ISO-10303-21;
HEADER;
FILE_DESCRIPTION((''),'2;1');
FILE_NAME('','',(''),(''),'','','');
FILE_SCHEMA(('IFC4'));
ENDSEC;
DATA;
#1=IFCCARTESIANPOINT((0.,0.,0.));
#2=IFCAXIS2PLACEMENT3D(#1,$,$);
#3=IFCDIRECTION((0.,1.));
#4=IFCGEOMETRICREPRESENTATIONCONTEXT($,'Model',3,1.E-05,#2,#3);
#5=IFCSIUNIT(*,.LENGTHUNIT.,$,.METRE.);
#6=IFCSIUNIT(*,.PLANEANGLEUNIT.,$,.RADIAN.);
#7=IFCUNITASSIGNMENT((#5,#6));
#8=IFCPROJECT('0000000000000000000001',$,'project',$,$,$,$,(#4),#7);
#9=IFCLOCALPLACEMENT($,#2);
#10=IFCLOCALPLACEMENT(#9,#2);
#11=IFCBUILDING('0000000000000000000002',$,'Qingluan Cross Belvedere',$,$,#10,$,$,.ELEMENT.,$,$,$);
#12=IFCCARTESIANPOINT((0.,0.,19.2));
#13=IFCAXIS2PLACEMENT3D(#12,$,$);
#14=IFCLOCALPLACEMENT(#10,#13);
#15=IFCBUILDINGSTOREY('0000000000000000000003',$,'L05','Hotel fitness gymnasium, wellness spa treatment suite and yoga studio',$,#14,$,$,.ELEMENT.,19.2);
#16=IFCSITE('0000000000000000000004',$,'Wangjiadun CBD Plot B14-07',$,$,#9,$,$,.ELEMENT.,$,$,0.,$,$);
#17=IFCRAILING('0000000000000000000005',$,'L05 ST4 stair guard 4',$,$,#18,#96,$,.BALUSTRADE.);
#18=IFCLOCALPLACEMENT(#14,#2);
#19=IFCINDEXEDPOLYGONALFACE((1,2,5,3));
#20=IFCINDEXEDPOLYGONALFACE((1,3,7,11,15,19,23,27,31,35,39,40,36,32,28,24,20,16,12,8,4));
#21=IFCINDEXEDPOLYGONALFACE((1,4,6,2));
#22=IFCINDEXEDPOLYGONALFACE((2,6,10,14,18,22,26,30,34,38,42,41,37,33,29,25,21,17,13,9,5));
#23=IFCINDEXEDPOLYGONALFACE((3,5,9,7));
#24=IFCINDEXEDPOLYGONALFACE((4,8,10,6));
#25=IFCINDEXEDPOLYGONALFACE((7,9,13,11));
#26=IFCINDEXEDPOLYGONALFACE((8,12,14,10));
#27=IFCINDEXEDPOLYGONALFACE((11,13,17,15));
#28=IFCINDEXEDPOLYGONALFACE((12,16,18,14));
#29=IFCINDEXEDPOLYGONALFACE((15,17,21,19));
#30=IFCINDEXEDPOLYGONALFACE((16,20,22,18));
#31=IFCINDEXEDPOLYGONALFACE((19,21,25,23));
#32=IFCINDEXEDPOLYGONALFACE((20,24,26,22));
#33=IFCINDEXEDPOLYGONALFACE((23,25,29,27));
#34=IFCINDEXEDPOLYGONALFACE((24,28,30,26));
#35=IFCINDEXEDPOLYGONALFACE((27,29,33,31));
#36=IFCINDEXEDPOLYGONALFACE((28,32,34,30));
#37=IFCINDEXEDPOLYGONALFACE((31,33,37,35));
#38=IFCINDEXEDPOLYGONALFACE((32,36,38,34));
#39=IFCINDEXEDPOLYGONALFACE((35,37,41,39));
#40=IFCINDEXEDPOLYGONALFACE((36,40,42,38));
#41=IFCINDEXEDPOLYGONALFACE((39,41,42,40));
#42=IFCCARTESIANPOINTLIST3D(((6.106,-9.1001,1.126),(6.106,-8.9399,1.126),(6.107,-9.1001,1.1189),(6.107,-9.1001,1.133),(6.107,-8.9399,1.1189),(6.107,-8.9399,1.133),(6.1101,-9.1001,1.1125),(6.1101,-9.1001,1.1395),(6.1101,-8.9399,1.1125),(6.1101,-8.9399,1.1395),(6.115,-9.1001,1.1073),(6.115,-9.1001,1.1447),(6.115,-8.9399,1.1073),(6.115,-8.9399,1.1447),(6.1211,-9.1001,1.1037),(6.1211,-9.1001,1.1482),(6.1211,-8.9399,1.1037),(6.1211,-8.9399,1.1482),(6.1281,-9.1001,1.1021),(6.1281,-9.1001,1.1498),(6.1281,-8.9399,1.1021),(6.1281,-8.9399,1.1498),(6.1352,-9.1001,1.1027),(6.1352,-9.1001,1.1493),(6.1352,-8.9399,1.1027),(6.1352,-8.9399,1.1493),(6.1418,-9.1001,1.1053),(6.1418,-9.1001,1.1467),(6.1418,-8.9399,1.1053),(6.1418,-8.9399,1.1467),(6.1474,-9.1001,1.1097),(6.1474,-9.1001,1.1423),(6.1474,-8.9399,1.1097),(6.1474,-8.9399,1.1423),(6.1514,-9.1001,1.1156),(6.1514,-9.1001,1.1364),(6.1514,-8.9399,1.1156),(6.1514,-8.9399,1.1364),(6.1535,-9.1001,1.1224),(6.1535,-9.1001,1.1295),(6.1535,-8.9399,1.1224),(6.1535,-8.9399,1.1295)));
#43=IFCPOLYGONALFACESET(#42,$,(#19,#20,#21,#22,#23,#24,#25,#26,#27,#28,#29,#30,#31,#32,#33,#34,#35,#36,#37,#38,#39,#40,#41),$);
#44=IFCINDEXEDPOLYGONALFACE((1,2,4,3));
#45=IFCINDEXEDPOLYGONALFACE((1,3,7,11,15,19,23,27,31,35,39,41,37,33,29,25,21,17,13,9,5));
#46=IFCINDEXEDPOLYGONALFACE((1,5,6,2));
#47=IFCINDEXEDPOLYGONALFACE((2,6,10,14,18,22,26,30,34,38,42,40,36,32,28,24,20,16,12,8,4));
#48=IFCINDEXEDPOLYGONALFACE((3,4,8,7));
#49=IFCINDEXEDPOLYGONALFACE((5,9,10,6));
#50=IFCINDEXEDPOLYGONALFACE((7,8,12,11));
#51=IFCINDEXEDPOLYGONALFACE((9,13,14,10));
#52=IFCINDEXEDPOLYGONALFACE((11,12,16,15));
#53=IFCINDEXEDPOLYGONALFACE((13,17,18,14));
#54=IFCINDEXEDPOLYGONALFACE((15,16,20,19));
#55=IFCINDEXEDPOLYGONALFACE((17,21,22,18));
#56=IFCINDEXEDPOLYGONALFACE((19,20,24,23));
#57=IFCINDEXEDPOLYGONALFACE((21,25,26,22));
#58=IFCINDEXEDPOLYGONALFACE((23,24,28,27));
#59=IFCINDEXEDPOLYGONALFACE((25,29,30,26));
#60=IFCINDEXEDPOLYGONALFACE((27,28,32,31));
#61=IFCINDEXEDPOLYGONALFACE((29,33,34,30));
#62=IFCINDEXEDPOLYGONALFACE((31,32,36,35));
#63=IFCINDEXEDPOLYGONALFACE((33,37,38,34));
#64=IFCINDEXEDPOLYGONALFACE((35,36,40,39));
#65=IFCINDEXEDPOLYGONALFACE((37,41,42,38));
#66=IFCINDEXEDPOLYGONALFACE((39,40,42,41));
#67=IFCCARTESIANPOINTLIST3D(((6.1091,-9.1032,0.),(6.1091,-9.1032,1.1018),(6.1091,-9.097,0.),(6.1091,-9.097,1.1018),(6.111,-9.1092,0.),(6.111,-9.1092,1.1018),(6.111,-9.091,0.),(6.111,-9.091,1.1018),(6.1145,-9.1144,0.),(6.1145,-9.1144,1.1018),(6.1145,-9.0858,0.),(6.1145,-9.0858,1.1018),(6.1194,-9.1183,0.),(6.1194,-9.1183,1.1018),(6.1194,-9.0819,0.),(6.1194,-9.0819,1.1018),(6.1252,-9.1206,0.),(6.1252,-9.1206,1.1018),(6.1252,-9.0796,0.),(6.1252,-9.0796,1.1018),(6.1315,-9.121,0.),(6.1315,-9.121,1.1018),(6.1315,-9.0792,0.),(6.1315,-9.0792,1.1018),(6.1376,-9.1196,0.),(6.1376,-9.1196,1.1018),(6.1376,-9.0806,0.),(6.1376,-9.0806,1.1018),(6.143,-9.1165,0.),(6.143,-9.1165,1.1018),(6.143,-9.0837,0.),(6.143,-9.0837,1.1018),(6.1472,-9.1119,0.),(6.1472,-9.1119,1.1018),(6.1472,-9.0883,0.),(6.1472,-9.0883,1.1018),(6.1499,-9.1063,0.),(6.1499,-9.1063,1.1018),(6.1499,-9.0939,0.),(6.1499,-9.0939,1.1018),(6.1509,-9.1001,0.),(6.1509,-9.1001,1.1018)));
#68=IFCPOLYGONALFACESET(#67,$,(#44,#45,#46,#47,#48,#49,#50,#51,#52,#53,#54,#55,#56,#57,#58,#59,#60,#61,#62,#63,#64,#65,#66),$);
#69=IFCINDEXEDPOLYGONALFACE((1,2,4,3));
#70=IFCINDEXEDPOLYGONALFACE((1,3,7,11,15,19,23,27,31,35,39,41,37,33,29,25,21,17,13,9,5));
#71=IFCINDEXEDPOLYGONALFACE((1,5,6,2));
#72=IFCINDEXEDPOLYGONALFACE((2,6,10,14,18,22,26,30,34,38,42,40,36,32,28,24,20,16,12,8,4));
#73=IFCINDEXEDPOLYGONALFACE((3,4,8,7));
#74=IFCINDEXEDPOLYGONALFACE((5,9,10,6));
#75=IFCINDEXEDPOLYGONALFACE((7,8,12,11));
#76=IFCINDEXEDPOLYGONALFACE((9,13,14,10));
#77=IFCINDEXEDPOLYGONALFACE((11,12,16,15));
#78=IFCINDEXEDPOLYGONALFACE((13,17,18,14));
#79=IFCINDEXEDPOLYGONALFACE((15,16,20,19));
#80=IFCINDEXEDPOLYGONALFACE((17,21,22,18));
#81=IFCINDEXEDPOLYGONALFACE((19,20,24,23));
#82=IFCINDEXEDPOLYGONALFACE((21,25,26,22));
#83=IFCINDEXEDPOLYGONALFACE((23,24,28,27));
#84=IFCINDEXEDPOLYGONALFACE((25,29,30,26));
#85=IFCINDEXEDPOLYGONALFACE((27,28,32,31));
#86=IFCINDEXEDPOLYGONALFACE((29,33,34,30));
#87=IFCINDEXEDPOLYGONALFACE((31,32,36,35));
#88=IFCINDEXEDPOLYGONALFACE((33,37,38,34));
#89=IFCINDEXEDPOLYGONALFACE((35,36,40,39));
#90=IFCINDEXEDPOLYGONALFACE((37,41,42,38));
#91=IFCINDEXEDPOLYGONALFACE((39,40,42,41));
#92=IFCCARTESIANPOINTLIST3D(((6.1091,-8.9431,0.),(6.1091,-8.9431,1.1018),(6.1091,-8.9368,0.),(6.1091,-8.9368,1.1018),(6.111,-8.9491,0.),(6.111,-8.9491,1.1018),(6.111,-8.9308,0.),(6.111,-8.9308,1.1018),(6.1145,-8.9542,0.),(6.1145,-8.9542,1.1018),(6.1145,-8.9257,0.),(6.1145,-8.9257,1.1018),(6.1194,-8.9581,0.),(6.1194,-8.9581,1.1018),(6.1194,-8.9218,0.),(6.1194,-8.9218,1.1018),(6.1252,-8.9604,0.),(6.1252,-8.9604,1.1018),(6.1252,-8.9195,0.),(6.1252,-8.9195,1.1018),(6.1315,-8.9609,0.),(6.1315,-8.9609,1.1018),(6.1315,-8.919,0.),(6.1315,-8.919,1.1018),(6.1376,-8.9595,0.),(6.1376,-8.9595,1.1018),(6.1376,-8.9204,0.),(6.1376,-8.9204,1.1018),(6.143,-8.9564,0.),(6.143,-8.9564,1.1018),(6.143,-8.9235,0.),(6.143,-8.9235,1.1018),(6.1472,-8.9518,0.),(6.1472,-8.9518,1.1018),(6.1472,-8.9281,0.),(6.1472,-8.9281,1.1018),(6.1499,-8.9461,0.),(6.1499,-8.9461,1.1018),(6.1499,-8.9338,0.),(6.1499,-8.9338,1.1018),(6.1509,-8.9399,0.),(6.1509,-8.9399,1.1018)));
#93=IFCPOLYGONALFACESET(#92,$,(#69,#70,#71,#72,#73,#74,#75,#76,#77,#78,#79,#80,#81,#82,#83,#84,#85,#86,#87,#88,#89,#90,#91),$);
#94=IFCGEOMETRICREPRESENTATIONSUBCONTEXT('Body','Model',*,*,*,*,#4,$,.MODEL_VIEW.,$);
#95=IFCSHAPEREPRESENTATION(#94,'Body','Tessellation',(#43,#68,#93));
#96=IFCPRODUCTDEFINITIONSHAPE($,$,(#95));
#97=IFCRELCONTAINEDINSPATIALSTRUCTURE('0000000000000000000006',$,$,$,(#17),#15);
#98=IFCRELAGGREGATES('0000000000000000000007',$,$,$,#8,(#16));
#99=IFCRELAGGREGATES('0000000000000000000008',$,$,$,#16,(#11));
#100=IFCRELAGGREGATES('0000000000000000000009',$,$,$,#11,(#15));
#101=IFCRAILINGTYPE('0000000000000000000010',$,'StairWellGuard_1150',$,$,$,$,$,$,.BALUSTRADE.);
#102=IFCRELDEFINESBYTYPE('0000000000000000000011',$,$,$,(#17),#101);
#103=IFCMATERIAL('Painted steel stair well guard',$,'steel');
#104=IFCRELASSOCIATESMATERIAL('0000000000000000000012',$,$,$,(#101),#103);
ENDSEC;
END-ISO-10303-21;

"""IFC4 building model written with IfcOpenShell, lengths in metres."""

from ifc_helpers import new_model, si_unit, direction, frame, origin, origin_2d, place, context, subcontext, project, spatial, circle, extrude, material, type_object, element, save


model = new_model("IFC4")

# Units and contexts
model_context = context("Model", 3, precision=1e-05, world=origin(), true_north=direction((0.0, 1.0)))
body_context = subcontext(model_context, "Body", "Model", "MODEL_VIEW")
ifc_project = project(units=[si_unit("LENGTHUNIT", "METRE"), si_unit("PLANEANGLEUNIT", "RADIAN")], contexts=[model_context])

# Site, building, storey
site_placement = place(None, origin())
site = spatial("IfcSite", under=ifc_project, at=site_placement, Name="Wangjiadun CBD Plot B14-07", CompositionType="ELEMENT", RefElevation=0.0)
building_placement = place(site_placement, origin())
building = spatial("IfcBuilding", under=site, at=building_placement, Name="Qingluan Cross Belvedere", CompositionType="ELEMENT")
storey_placement = place(building_placement, frame((0.0, 0.0, 19.2)))
storey = spatial("IfcBuildingStorey", under=building, at=storey_placement, Name="L05", Description="Hotel fitness gymnasium, wellness spa treatment suite and yoga studio", CompositionType="ELEMENT", Elevation=19.2)

# Railing
ifc_material_1 = material(Name="Painted steel stair well guard", Category="steel")
railing_type_1 = type_object("IfcRailingType", Name="StairWellGuard_1150", PredefinedType="BALUSTRADE", material=ifc_material_1)
railing_1_placement = place(storey_placement, frame((6.1299, -9.1001, 0.0)))
element("IfcRailing", 1, at=railing_1_placement, inside=storey, type_object=railing_type_1, Name="L05 ST4 stair guard 4", PredefinedType="BALUSTRADE", context=body_context, shape_type="SweptSolid", body=[
    extrude(circle(Radius=0.0239, at=origin_2d()), frame((0.0, 0.0, 1.126), z_axis=(0.0, 1.0, 0.0), x_axis=(-1.0, 0.0, 0.0)), (0.0, 0.0, 1.0), 0.1602),
    extrude(circle(Radius=0.021, at=origin_2d()), origin(), (0.0, 0.0, 1.0), 1.1018),
    extrude(circle(Radius=0.021, at=origin_2d()), frame((0.0, 0.1602, 0.0)), (0.0, 0.0, 1.0), 1.1018),
])

save(model, "model.ifc")
